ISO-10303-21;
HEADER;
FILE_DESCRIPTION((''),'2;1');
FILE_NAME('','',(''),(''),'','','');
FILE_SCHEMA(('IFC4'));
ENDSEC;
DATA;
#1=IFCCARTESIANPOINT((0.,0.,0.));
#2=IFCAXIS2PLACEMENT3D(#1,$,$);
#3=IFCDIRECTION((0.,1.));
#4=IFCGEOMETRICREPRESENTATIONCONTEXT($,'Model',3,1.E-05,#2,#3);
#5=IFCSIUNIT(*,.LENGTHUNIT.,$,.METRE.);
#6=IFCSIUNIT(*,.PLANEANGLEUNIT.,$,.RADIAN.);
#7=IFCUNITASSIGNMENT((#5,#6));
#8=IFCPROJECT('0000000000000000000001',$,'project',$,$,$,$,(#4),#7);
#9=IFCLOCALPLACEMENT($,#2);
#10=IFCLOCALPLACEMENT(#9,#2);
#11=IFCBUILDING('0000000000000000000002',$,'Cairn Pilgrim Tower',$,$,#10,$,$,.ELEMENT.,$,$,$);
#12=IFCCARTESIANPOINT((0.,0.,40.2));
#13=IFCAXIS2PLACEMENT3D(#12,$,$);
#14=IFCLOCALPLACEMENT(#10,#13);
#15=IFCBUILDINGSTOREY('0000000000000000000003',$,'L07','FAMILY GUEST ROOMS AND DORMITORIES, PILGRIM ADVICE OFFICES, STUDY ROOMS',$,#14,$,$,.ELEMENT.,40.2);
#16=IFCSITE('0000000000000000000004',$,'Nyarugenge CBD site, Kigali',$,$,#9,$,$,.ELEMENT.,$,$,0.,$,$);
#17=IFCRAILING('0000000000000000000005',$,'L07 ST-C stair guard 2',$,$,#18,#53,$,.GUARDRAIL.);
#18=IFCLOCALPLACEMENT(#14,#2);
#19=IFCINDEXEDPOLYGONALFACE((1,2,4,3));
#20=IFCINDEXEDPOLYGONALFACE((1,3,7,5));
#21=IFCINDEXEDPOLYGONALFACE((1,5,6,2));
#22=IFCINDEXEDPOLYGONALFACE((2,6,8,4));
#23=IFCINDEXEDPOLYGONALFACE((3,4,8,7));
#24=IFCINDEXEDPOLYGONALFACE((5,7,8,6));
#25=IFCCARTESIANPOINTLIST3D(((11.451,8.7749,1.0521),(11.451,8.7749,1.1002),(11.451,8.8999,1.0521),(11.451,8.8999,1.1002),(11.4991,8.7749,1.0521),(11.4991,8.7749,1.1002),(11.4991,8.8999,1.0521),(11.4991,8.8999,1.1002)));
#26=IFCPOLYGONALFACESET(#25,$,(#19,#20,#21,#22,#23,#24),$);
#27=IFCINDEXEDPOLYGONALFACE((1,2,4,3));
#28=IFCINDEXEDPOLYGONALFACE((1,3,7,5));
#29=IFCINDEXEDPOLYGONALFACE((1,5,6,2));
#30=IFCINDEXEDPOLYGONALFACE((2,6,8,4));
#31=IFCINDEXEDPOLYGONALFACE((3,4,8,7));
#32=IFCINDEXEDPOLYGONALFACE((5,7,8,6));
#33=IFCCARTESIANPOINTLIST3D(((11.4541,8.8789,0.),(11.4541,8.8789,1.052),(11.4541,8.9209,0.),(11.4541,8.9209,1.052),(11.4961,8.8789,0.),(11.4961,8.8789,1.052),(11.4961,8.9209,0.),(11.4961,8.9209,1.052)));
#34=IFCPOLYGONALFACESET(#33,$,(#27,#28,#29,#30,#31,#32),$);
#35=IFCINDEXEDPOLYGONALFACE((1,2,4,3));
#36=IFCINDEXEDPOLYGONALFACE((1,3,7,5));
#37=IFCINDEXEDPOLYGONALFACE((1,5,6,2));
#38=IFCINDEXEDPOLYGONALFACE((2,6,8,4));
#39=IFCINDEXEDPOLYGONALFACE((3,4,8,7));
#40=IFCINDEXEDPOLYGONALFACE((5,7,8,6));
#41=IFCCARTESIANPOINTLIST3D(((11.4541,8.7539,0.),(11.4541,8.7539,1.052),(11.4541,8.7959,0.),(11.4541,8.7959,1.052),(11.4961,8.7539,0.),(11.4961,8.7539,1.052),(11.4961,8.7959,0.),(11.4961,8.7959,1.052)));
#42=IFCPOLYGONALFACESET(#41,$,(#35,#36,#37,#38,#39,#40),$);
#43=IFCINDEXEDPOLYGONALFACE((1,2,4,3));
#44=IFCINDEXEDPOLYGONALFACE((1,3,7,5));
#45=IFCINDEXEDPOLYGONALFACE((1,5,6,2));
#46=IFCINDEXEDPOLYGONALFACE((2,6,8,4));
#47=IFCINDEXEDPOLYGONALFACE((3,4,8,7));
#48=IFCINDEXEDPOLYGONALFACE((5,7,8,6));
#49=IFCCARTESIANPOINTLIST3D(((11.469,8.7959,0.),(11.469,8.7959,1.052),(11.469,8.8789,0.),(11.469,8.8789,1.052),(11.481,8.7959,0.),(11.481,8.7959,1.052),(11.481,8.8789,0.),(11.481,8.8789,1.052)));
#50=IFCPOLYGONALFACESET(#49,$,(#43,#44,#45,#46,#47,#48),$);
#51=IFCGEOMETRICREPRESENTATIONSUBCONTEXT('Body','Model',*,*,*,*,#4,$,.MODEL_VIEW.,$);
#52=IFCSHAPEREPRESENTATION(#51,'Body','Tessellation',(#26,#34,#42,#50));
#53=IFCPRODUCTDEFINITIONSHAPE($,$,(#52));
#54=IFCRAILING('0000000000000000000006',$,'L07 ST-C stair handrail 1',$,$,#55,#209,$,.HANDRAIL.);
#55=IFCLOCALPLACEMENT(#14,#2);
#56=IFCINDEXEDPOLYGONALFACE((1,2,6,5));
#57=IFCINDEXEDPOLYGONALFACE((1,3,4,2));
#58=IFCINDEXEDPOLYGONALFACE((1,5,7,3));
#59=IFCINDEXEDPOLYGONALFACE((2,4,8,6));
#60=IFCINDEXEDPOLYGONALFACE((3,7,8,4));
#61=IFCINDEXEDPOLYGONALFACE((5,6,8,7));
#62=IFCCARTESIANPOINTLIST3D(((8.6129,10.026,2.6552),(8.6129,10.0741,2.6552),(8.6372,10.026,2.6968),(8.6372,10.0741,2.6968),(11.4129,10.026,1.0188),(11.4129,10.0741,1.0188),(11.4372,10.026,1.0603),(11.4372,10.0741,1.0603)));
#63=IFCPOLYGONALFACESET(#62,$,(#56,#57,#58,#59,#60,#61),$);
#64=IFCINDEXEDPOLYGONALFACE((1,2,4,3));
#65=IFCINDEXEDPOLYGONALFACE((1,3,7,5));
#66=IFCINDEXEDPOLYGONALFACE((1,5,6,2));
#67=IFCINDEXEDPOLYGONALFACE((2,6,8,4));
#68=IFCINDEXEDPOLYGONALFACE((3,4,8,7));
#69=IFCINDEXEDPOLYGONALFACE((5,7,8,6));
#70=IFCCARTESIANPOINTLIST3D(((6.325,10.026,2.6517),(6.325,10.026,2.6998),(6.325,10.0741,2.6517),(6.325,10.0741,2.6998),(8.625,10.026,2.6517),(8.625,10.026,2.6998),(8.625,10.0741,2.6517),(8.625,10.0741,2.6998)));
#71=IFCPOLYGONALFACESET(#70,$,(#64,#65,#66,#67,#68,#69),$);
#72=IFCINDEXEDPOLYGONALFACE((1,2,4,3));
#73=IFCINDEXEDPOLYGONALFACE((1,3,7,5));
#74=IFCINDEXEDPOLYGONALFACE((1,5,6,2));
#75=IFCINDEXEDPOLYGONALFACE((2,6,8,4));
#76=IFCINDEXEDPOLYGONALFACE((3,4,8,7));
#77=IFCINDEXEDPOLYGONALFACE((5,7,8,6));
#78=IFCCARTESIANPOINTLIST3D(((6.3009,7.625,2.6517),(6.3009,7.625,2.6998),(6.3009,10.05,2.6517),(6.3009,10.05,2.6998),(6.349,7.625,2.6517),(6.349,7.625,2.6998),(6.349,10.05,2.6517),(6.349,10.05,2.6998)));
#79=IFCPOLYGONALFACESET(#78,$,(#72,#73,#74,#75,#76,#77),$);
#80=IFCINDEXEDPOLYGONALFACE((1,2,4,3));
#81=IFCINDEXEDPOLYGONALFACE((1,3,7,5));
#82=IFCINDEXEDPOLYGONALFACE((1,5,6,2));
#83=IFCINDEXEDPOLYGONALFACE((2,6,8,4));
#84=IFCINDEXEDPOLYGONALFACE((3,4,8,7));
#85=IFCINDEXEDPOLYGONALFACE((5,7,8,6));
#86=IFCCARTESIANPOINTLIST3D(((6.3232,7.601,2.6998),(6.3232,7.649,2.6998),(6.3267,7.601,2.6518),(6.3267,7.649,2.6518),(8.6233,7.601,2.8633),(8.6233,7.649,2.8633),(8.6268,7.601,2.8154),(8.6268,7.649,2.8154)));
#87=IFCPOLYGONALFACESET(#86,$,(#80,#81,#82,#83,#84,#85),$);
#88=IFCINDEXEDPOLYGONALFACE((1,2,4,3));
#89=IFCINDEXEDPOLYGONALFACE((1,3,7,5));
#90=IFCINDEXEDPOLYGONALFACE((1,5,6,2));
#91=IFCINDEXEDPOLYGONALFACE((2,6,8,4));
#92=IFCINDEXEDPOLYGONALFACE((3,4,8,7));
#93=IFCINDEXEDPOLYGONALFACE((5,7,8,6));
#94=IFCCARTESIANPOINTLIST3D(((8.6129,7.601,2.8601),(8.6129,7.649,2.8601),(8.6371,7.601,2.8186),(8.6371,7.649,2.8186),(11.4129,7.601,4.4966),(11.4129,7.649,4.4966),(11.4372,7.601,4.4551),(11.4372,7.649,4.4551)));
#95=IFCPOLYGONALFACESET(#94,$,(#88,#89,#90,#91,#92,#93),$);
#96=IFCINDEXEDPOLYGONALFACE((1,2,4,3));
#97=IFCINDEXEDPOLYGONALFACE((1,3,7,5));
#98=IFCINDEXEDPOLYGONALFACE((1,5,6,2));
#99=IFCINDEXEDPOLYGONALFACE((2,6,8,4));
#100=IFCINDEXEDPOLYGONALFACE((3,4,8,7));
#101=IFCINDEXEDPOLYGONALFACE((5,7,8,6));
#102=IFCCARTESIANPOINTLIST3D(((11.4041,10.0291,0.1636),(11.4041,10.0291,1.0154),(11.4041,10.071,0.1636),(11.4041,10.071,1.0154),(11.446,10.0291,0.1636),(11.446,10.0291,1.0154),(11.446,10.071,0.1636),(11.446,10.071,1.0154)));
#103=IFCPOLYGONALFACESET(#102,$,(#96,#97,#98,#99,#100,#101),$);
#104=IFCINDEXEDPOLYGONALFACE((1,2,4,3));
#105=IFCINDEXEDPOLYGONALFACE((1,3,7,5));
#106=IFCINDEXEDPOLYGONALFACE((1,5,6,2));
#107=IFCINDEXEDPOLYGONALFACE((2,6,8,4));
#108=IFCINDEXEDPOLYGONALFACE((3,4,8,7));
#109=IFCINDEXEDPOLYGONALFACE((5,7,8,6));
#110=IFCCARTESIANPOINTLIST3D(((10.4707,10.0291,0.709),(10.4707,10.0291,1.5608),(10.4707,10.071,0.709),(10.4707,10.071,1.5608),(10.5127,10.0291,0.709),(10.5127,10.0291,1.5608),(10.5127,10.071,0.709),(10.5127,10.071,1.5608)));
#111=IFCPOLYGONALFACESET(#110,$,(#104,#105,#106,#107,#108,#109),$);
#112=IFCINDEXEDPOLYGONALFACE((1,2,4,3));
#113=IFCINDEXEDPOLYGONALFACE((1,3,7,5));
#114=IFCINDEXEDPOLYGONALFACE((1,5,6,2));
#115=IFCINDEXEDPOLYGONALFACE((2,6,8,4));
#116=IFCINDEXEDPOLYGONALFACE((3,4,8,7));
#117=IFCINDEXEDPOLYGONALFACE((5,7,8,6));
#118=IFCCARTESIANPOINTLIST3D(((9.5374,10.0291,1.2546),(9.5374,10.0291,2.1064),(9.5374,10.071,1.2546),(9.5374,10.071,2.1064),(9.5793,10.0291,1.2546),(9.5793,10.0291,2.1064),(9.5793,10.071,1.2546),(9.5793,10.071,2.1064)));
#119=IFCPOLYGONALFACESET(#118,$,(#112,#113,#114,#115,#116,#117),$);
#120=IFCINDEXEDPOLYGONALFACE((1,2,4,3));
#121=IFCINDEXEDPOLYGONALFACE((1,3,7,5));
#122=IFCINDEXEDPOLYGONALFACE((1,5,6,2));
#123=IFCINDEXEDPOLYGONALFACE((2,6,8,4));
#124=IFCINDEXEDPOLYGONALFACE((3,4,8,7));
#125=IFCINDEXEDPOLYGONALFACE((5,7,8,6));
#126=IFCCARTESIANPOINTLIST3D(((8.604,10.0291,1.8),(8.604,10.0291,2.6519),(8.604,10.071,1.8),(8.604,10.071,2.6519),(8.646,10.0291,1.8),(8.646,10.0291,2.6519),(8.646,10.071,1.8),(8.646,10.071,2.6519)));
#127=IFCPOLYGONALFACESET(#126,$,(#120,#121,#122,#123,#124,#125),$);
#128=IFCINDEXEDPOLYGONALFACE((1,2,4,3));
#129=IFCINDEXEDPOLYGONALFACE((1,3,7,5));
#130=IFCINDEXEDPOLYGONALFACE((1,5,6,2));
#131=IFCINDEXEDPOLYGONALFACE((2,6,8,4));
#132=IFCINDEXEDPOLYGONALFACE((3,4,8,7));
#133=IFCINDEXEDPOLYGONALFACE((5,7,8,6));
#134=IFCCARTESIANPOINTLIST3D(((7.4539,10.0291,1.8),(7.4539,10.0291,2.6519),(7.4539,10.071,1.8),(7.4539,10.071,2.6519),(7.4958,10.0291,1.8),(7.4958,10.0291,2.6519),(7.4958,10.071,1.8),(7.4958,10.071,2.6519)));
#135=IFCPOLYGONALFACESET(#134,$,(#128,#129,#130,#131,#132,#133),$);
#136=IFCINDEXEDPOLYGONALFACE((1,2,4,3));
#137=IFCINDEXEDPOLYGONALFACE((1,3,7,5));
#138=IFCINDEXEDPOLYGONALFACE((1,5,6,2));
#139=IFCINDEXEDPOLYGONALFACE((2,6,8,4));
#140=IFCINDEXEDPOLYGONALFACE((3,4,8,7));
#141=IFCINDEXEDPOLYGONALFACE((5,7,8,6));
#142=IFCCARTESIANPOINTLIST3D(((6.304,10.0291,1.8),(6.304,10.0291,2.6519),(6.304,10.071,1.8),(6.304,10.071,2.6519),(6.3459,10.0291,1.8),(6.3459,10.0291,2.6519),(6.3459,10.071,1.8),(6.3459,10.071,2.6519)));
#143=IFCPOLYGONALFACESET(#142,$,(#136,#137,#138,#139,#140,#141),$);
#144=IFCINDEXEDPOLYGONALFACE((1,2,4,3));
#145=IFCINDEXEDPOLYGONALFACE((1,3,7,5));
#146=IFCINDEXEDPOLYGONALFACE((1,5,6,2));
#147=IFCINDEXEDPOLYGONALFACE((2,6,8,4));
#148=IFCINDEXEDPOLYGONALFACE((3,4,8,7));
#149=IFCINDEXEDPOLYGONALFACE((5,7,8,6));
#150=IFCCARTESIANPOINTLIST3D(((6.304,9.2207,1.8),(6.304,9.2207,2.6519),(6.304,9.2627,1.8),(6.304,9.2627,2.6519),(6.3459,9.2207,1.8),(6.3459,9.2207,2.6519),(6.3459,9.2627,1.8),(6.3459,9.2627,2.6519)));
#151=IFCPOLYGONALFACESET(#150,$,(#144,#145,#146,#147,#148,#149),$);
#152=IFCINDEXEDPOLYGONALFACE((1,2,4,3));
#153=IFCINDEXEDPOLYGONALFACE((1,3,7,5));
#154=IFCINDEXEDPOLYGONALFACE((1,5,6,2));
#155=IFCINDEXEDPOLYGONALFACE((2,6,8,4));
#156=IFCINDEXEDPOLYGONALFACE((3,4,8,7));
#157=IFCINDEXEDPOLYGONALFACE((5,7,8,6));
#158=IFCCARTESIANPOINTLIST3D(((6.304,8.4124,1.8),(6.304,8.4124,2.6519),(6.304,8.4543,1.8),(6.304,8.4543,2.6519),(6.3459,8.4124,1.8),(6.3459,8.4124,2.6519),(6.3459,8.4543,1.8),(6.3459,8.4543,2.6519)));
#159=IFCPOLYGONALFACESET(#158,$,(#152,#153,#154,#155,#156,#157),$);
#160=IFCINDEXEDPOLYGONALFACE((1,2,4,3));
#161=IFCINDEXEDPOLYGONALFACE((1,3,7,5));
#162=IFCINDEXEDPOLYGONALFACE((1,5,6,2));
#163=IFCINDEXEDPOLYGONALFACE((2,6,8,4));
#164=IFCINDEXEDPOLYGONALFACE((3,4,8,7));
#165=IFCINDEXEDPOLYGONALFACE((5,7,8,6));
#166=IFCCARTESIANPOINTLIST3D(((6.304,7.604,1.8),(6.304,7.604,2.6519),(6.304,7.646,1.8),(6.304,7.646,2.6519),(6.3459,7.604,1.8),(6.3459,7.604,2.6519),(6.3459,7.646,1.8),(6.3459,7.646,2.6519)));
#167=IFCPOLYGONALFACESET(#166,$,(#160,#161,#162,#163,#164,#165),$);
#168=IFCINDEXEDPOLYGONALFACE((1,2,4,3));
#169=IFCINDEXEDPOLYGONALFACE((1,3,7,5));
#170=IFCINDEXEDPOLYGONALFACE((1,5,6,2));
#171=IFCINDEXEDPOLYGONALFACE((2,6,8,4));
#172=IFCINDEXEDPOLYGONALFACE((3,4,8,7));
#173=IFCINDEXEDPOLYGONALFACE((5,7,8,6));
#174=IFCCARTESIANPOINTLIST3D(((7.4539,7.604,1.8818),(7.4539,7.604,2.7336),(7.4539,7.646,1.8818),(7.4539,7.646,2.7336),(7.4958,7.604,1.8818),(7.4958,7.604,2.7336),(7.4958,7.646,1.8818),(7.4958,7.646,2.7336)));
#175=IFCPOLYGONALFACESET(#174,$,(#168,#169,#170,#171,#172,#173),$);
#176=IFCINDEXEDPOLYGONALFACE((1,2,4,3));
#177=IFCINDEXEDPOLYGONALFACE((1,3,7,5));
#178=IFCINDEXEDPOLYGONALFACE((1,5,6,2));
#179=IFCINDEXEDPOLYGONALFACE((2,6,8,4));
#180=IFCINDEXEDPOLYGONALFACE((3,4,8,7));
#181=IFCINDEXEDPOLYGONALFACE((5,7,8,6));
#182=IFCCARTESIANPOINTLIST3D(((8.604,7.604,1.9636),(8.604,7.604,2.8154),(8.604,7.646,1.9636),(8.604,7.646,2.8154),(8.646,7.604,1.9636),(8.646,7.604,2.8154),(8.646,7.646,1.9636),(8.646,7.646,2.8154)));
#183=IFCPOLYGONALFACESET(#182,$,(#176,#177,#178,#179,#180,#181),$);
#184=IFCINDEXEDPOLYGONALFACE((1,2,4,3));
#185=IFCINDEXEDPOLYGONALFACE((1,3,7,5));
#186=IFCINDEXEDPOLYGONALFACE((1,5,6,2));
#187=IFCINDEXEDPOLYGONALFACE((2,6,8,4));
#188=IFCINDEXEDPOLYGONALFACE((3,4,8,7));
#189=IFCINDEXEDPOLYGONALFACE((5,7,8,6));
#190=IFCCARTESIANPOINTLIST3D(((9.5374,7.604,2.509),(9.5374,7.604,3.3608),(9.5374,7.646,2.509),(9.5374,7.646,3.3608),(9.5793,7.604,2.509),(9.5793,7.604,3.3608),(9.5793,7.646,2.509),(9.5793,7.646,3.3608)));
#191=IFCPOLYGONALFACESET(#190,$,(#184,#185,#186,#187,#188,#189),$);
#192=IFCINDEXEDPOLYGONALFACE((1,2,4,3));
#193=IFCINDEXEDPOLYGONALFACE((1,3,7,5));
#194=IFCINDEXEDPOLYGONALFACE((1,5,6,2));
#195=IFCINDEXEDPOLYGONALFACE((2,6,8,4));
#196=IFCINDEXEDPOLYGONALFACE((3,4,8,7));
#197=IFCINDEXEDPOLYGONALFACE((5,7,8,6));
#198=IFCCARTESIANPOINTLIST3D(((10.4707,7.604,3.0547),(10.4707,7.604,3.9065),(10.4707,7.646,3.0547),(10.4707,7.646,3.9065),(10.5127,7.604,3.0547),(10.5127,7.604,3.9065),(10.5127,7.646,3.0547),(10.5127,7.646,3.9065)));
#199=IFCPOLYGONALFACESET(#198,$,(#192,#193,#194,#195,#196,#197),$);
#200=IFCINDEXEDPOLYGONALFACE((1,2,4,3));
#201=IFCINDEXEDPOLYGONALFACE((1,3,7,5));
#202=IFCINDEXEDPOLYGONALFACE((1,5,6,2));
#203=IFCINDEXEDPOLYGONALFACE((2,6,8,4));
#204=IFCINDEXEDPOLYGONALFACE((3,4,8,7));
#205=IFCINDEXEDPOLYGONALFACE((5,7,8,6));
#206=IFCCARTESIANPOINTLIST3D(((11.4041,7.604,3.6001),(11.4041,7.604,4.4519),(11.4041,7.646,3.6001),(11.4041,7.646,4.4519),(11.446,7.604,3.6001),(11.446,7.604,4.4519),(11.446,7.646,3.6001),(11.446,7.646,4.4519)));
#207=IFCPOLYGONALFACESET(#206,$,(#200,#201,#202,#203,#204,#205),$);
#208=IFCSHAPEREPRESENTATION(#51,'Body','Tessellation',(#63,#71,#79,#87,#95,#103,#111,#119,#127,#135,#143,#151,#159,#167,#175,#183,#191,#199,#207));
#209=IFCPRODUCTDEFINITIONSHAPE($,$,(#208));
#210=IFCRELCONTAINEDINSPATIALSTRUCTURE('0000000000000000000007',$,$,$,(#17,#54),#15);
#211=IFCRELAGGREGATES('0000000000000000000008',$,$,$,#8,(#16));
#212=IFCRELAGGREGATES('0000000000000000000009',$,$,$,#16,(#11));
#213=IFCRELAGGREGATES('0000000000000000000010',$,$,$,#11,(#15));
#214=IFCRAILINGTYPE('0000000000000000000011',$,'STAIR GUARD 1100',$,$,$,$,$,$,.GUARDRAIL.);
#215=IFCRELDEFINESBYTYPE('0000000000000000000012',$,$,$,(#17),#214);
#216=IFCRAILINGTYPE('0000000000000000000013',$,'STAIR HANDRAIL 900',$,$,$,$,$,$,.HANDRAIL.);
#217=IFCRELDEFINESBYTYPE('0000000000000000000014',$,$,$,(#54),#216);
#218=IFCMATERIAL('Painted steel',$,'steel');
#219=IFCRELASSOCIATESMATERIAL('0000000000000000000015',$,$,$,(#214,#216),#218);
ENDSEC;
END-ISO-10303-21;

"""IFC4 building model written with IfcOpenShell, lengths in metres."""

from ifc_helpers import new_model, si_unit, direction, frame, origin, origin_2d, place, context, subcontext, project, spatial, polyline, rectangle, outline, extrude, material, type_object, element, save


model = new_model("IFC4")

# Units and contexts
model_context = context("Model", 3, precision=1e-05, world=origin(), true_north=direction((0.0, 1.0)))
body_context = subcontext(model_context, "Body", "Model", "MODEL_VIEW")
ifc_project = project(units=[si_unit("LENGTHUNIT", "METRE"), si_unit("PLANEANGLEUNIT", "RADIAN")], contexts=[model_context])

# Site, building, storey
site_placement = place(None, origin())
site = spatial("IfcSite", under=ifc_project, at=site_placement, Name="Nyarugenge CBD site, Kigali", CompositionType="ELEMENT", RefElevation=0.0)
building_placement = place(site_placement, origin())
building = spatial("IfcBuilding", under=site, at=building_placement, Name="Cairn Pilgrim Tower", CompositionType="ELEMENT")
storey_placement = place(building_placement, frame((0.0, 0.0, 40.2)))
storey = spatial("IfcBuildingStorey", under=building, at=storey_placement, Name="L07", Description="FAMILY GUEST ROOMS AND DORMITORIES, PILGRIM ADVICE OFFICES, STUDY ROOMS", CompositionType="ELEMENT", Elevation=40.2)

# Shared definitions
ifc_material_1 = material(Name="Painted steel", Category="steel")

# Railings
railing_type_1 = type_object("IfcRailingType", Name="STAIR GUARD 1100", PredefinedType="GUARDRAIL", material=ifc_material_1)
railing_1_placement = place(storey_placement, frame((11.4751, 8.8999, 0.0)))
element("IfcRailing", 1, at=railing_1_placement, inside=storey, type_object=railing_type_1, Name="L07 ST-C stair guard 2", PredefinedType="GUARDRAIL", context=body_context, shape_type="SweptSolid", body=[
    extrude(rectangle(XDim=0.0481, YDim=0.0481, at=origin_2d()), frame((0.0, 0.0, 1.0762), z_axis=(0.0, -1.0, 0.0), x_axis=(1.0, 0.0, 0.0)), (0.0, 0.0, 1.0), 0.125),
    extrude(rectangle(XDim=0.042, YDim=0.042, at=origin_2d()), origin(), (0.0, 0.0, 1.0), 1.052),
    extrude(rectangle(XDim=0.042, YDim=0.042, at=origin_2d()), frame((0.0, -0.125, 0.0)), (0.0, 0.0, 1.0), 1.052),
    extrude(outline(polyline([(0.021, 0.0), (0.104, 0.0), (0.104, 1.052), (0.021, 1.052), (0.021, 0.0)])), frame((0.0059, 0.0, 0.0), z_axis=(-1.0, 0.0, 0.0), x_axis=(0.0, -1.0, 0.0)), (0.0, 0.0, 1.0), 0.012),
])
railing_type_2 = type_object("IfcRailingType", Name="STAIR HANDRAIL 900", PredefinedType="HANDRAIL", material=ifc_material_1)
railing_2_placement = place(storey_placement, frame((11.425, 10.05, 0.1636)))
element("IfcRailing", 2, at=railing_2_placement, inside=storey, type_object=railing_type_2, Name="L07 ST-C stair handrail 1", PredefinedType="HANDRAIL", context=body_context, shape_type="SweptSolid", body=[
    extrude(rectangle(XDim=0.0481, YDim=0.0481, at=origin_2d()), frame((0.0, 0.0, 0.876), z_axis=(-0.863361, 0.0, 0.504587), x_axis=(0.0, -1.0, 0.0)), (0.0, 0.0, 1.0), 3.2432),
    extrude(rectangle(XDim=0.0481, YDim=0.0481, at=origin_2d()), frame((-2.8, 0.0, 2.5122), z_axis=(-1.0, 0.0, 0.0), x_axis=(0.0, -1.0, 0.0)), (0.0, 0.0, 1.0), 2.3),
    extrude(rectangle(XDim=0.0481, YDim=0.0481, at=origin_2d()), frame((-5.1001, 0.0, 2.5122), z_axis=(0.0, -1.0, 0.0), x_axis=(1.0, 0.0, 0.0)), (0.0, 0.0, 1.0), 2.425),
    extrude(rectangle(XDim=0.0481, YDim=0.0481, at=origin_2d()), frame((-5.1001, -2.425, 2.5122), z_axis=(0.997481, 0.0, 0.070939), x_axis=(0.0, 1.0, 0.0)), (0.0, 0.0, 1.0), 2.3059),
    extrude(rectangle(XDim=0.0481, YDim=0.0481, at=origin_2d()), frame((-2.8, -2.425, 2.6758), z_axis=(0.863361, 0.0, 0.504587), x_axis=(0.0, 1.0, 0.0)), (0.0, 0.0, 1.0), 3.2432),
    extrude(rectangle(XDim=0.042, YDim=0.042, at=origin_2d()), origin(), (0.0, 0.0, 1.0), 0.8518),
    extrude(rectangle(XDim=0.042, YDim=0.042, at=origin_2d()), frame((-0.9333, 0.0, 0.5454)), (0.0, 0.0, 1.0), 0.8518),
    extrude(rectangle(XDim=0.042, YDim=0.042, at=origin_2d()), frame((-1.8667, 0.0, 1.0911)), (0.0, 0.0, 1.0), 0.8518),
    extrude(rectangle(XDim=0.042, YDim=0.042, at=origin_2d()), frame((-2.8, 0.0, 1.6365)), (0.0, 0.0, 1.0), 0.8518),
    extrude(rectangle(XDim=0.042, YDim=0.042, at=origin_2d()), frame((-3.9502, 0.0, 1.6365)), (0.0, 0.0, 1.0), 0.8518),
    extrude(rectangle(XDim=0.042, YDim=0.042, at=origin_2d()), frame((-5.1001, 0.0, 1.6365)), (0.0, 0.0, 1.0), 0.8518),
    extrude(rectangle(XDim=0.042, YDim=0.042, at=origin_2d()), frame((-5.1001, -0.8083, 1.6365)), (0.0, 0.0, 1.0), 0.8518),
    extrude(rectangle(XDim=0.042, YDim=0.042, at=origin_2d()), frame((-5.1001, -1.6167, 1.6365)), (0.0, 0.0, 1.0), 0.8518),
    extrude(rectangle(XDim=0.042, YDim=0.042, at=origin_2d()), frame((-5.1001, -2.425, 1.6365)), (0.0, 0.0, 1.0), 0.8518),
    extrude(rectangle(XDim=0.042, YDim=0.042, at=origin_2d()), frame((-3.9502, -2.425, 1.7183)), (0.0, 0.0, 1.0), 0.8518),
    extrude(rectangle(XDim=0.042, YDim=0.042, at=origin_2d()), frame((-2.8, -2.425, 1.8)), (0.0, 0.0, 1.0), 0.8518),
    extrude(rectangle(XDim=0.042, YDim=0.042, at=origin_2d()), frame((-1.8667, -2.425, 2.3455)), (0.0, 0.0, 1.0), 0.8518),
    extrude(rectangle(XDim=0.042, YDim=0.042, at=origin_2d()), frame((-0.9333, -2.425, 2.8911)), (0.0, 0.0, 1.0), 0.8518),
    extrude(rectangle(XDim=0.042, YDim=0.042, at=origin_2d()), frame((0.0, -2.425, 3.4365)), (0.0, 0.0, 1.0), 0.8518),
])

save(model, "model.ifc")
